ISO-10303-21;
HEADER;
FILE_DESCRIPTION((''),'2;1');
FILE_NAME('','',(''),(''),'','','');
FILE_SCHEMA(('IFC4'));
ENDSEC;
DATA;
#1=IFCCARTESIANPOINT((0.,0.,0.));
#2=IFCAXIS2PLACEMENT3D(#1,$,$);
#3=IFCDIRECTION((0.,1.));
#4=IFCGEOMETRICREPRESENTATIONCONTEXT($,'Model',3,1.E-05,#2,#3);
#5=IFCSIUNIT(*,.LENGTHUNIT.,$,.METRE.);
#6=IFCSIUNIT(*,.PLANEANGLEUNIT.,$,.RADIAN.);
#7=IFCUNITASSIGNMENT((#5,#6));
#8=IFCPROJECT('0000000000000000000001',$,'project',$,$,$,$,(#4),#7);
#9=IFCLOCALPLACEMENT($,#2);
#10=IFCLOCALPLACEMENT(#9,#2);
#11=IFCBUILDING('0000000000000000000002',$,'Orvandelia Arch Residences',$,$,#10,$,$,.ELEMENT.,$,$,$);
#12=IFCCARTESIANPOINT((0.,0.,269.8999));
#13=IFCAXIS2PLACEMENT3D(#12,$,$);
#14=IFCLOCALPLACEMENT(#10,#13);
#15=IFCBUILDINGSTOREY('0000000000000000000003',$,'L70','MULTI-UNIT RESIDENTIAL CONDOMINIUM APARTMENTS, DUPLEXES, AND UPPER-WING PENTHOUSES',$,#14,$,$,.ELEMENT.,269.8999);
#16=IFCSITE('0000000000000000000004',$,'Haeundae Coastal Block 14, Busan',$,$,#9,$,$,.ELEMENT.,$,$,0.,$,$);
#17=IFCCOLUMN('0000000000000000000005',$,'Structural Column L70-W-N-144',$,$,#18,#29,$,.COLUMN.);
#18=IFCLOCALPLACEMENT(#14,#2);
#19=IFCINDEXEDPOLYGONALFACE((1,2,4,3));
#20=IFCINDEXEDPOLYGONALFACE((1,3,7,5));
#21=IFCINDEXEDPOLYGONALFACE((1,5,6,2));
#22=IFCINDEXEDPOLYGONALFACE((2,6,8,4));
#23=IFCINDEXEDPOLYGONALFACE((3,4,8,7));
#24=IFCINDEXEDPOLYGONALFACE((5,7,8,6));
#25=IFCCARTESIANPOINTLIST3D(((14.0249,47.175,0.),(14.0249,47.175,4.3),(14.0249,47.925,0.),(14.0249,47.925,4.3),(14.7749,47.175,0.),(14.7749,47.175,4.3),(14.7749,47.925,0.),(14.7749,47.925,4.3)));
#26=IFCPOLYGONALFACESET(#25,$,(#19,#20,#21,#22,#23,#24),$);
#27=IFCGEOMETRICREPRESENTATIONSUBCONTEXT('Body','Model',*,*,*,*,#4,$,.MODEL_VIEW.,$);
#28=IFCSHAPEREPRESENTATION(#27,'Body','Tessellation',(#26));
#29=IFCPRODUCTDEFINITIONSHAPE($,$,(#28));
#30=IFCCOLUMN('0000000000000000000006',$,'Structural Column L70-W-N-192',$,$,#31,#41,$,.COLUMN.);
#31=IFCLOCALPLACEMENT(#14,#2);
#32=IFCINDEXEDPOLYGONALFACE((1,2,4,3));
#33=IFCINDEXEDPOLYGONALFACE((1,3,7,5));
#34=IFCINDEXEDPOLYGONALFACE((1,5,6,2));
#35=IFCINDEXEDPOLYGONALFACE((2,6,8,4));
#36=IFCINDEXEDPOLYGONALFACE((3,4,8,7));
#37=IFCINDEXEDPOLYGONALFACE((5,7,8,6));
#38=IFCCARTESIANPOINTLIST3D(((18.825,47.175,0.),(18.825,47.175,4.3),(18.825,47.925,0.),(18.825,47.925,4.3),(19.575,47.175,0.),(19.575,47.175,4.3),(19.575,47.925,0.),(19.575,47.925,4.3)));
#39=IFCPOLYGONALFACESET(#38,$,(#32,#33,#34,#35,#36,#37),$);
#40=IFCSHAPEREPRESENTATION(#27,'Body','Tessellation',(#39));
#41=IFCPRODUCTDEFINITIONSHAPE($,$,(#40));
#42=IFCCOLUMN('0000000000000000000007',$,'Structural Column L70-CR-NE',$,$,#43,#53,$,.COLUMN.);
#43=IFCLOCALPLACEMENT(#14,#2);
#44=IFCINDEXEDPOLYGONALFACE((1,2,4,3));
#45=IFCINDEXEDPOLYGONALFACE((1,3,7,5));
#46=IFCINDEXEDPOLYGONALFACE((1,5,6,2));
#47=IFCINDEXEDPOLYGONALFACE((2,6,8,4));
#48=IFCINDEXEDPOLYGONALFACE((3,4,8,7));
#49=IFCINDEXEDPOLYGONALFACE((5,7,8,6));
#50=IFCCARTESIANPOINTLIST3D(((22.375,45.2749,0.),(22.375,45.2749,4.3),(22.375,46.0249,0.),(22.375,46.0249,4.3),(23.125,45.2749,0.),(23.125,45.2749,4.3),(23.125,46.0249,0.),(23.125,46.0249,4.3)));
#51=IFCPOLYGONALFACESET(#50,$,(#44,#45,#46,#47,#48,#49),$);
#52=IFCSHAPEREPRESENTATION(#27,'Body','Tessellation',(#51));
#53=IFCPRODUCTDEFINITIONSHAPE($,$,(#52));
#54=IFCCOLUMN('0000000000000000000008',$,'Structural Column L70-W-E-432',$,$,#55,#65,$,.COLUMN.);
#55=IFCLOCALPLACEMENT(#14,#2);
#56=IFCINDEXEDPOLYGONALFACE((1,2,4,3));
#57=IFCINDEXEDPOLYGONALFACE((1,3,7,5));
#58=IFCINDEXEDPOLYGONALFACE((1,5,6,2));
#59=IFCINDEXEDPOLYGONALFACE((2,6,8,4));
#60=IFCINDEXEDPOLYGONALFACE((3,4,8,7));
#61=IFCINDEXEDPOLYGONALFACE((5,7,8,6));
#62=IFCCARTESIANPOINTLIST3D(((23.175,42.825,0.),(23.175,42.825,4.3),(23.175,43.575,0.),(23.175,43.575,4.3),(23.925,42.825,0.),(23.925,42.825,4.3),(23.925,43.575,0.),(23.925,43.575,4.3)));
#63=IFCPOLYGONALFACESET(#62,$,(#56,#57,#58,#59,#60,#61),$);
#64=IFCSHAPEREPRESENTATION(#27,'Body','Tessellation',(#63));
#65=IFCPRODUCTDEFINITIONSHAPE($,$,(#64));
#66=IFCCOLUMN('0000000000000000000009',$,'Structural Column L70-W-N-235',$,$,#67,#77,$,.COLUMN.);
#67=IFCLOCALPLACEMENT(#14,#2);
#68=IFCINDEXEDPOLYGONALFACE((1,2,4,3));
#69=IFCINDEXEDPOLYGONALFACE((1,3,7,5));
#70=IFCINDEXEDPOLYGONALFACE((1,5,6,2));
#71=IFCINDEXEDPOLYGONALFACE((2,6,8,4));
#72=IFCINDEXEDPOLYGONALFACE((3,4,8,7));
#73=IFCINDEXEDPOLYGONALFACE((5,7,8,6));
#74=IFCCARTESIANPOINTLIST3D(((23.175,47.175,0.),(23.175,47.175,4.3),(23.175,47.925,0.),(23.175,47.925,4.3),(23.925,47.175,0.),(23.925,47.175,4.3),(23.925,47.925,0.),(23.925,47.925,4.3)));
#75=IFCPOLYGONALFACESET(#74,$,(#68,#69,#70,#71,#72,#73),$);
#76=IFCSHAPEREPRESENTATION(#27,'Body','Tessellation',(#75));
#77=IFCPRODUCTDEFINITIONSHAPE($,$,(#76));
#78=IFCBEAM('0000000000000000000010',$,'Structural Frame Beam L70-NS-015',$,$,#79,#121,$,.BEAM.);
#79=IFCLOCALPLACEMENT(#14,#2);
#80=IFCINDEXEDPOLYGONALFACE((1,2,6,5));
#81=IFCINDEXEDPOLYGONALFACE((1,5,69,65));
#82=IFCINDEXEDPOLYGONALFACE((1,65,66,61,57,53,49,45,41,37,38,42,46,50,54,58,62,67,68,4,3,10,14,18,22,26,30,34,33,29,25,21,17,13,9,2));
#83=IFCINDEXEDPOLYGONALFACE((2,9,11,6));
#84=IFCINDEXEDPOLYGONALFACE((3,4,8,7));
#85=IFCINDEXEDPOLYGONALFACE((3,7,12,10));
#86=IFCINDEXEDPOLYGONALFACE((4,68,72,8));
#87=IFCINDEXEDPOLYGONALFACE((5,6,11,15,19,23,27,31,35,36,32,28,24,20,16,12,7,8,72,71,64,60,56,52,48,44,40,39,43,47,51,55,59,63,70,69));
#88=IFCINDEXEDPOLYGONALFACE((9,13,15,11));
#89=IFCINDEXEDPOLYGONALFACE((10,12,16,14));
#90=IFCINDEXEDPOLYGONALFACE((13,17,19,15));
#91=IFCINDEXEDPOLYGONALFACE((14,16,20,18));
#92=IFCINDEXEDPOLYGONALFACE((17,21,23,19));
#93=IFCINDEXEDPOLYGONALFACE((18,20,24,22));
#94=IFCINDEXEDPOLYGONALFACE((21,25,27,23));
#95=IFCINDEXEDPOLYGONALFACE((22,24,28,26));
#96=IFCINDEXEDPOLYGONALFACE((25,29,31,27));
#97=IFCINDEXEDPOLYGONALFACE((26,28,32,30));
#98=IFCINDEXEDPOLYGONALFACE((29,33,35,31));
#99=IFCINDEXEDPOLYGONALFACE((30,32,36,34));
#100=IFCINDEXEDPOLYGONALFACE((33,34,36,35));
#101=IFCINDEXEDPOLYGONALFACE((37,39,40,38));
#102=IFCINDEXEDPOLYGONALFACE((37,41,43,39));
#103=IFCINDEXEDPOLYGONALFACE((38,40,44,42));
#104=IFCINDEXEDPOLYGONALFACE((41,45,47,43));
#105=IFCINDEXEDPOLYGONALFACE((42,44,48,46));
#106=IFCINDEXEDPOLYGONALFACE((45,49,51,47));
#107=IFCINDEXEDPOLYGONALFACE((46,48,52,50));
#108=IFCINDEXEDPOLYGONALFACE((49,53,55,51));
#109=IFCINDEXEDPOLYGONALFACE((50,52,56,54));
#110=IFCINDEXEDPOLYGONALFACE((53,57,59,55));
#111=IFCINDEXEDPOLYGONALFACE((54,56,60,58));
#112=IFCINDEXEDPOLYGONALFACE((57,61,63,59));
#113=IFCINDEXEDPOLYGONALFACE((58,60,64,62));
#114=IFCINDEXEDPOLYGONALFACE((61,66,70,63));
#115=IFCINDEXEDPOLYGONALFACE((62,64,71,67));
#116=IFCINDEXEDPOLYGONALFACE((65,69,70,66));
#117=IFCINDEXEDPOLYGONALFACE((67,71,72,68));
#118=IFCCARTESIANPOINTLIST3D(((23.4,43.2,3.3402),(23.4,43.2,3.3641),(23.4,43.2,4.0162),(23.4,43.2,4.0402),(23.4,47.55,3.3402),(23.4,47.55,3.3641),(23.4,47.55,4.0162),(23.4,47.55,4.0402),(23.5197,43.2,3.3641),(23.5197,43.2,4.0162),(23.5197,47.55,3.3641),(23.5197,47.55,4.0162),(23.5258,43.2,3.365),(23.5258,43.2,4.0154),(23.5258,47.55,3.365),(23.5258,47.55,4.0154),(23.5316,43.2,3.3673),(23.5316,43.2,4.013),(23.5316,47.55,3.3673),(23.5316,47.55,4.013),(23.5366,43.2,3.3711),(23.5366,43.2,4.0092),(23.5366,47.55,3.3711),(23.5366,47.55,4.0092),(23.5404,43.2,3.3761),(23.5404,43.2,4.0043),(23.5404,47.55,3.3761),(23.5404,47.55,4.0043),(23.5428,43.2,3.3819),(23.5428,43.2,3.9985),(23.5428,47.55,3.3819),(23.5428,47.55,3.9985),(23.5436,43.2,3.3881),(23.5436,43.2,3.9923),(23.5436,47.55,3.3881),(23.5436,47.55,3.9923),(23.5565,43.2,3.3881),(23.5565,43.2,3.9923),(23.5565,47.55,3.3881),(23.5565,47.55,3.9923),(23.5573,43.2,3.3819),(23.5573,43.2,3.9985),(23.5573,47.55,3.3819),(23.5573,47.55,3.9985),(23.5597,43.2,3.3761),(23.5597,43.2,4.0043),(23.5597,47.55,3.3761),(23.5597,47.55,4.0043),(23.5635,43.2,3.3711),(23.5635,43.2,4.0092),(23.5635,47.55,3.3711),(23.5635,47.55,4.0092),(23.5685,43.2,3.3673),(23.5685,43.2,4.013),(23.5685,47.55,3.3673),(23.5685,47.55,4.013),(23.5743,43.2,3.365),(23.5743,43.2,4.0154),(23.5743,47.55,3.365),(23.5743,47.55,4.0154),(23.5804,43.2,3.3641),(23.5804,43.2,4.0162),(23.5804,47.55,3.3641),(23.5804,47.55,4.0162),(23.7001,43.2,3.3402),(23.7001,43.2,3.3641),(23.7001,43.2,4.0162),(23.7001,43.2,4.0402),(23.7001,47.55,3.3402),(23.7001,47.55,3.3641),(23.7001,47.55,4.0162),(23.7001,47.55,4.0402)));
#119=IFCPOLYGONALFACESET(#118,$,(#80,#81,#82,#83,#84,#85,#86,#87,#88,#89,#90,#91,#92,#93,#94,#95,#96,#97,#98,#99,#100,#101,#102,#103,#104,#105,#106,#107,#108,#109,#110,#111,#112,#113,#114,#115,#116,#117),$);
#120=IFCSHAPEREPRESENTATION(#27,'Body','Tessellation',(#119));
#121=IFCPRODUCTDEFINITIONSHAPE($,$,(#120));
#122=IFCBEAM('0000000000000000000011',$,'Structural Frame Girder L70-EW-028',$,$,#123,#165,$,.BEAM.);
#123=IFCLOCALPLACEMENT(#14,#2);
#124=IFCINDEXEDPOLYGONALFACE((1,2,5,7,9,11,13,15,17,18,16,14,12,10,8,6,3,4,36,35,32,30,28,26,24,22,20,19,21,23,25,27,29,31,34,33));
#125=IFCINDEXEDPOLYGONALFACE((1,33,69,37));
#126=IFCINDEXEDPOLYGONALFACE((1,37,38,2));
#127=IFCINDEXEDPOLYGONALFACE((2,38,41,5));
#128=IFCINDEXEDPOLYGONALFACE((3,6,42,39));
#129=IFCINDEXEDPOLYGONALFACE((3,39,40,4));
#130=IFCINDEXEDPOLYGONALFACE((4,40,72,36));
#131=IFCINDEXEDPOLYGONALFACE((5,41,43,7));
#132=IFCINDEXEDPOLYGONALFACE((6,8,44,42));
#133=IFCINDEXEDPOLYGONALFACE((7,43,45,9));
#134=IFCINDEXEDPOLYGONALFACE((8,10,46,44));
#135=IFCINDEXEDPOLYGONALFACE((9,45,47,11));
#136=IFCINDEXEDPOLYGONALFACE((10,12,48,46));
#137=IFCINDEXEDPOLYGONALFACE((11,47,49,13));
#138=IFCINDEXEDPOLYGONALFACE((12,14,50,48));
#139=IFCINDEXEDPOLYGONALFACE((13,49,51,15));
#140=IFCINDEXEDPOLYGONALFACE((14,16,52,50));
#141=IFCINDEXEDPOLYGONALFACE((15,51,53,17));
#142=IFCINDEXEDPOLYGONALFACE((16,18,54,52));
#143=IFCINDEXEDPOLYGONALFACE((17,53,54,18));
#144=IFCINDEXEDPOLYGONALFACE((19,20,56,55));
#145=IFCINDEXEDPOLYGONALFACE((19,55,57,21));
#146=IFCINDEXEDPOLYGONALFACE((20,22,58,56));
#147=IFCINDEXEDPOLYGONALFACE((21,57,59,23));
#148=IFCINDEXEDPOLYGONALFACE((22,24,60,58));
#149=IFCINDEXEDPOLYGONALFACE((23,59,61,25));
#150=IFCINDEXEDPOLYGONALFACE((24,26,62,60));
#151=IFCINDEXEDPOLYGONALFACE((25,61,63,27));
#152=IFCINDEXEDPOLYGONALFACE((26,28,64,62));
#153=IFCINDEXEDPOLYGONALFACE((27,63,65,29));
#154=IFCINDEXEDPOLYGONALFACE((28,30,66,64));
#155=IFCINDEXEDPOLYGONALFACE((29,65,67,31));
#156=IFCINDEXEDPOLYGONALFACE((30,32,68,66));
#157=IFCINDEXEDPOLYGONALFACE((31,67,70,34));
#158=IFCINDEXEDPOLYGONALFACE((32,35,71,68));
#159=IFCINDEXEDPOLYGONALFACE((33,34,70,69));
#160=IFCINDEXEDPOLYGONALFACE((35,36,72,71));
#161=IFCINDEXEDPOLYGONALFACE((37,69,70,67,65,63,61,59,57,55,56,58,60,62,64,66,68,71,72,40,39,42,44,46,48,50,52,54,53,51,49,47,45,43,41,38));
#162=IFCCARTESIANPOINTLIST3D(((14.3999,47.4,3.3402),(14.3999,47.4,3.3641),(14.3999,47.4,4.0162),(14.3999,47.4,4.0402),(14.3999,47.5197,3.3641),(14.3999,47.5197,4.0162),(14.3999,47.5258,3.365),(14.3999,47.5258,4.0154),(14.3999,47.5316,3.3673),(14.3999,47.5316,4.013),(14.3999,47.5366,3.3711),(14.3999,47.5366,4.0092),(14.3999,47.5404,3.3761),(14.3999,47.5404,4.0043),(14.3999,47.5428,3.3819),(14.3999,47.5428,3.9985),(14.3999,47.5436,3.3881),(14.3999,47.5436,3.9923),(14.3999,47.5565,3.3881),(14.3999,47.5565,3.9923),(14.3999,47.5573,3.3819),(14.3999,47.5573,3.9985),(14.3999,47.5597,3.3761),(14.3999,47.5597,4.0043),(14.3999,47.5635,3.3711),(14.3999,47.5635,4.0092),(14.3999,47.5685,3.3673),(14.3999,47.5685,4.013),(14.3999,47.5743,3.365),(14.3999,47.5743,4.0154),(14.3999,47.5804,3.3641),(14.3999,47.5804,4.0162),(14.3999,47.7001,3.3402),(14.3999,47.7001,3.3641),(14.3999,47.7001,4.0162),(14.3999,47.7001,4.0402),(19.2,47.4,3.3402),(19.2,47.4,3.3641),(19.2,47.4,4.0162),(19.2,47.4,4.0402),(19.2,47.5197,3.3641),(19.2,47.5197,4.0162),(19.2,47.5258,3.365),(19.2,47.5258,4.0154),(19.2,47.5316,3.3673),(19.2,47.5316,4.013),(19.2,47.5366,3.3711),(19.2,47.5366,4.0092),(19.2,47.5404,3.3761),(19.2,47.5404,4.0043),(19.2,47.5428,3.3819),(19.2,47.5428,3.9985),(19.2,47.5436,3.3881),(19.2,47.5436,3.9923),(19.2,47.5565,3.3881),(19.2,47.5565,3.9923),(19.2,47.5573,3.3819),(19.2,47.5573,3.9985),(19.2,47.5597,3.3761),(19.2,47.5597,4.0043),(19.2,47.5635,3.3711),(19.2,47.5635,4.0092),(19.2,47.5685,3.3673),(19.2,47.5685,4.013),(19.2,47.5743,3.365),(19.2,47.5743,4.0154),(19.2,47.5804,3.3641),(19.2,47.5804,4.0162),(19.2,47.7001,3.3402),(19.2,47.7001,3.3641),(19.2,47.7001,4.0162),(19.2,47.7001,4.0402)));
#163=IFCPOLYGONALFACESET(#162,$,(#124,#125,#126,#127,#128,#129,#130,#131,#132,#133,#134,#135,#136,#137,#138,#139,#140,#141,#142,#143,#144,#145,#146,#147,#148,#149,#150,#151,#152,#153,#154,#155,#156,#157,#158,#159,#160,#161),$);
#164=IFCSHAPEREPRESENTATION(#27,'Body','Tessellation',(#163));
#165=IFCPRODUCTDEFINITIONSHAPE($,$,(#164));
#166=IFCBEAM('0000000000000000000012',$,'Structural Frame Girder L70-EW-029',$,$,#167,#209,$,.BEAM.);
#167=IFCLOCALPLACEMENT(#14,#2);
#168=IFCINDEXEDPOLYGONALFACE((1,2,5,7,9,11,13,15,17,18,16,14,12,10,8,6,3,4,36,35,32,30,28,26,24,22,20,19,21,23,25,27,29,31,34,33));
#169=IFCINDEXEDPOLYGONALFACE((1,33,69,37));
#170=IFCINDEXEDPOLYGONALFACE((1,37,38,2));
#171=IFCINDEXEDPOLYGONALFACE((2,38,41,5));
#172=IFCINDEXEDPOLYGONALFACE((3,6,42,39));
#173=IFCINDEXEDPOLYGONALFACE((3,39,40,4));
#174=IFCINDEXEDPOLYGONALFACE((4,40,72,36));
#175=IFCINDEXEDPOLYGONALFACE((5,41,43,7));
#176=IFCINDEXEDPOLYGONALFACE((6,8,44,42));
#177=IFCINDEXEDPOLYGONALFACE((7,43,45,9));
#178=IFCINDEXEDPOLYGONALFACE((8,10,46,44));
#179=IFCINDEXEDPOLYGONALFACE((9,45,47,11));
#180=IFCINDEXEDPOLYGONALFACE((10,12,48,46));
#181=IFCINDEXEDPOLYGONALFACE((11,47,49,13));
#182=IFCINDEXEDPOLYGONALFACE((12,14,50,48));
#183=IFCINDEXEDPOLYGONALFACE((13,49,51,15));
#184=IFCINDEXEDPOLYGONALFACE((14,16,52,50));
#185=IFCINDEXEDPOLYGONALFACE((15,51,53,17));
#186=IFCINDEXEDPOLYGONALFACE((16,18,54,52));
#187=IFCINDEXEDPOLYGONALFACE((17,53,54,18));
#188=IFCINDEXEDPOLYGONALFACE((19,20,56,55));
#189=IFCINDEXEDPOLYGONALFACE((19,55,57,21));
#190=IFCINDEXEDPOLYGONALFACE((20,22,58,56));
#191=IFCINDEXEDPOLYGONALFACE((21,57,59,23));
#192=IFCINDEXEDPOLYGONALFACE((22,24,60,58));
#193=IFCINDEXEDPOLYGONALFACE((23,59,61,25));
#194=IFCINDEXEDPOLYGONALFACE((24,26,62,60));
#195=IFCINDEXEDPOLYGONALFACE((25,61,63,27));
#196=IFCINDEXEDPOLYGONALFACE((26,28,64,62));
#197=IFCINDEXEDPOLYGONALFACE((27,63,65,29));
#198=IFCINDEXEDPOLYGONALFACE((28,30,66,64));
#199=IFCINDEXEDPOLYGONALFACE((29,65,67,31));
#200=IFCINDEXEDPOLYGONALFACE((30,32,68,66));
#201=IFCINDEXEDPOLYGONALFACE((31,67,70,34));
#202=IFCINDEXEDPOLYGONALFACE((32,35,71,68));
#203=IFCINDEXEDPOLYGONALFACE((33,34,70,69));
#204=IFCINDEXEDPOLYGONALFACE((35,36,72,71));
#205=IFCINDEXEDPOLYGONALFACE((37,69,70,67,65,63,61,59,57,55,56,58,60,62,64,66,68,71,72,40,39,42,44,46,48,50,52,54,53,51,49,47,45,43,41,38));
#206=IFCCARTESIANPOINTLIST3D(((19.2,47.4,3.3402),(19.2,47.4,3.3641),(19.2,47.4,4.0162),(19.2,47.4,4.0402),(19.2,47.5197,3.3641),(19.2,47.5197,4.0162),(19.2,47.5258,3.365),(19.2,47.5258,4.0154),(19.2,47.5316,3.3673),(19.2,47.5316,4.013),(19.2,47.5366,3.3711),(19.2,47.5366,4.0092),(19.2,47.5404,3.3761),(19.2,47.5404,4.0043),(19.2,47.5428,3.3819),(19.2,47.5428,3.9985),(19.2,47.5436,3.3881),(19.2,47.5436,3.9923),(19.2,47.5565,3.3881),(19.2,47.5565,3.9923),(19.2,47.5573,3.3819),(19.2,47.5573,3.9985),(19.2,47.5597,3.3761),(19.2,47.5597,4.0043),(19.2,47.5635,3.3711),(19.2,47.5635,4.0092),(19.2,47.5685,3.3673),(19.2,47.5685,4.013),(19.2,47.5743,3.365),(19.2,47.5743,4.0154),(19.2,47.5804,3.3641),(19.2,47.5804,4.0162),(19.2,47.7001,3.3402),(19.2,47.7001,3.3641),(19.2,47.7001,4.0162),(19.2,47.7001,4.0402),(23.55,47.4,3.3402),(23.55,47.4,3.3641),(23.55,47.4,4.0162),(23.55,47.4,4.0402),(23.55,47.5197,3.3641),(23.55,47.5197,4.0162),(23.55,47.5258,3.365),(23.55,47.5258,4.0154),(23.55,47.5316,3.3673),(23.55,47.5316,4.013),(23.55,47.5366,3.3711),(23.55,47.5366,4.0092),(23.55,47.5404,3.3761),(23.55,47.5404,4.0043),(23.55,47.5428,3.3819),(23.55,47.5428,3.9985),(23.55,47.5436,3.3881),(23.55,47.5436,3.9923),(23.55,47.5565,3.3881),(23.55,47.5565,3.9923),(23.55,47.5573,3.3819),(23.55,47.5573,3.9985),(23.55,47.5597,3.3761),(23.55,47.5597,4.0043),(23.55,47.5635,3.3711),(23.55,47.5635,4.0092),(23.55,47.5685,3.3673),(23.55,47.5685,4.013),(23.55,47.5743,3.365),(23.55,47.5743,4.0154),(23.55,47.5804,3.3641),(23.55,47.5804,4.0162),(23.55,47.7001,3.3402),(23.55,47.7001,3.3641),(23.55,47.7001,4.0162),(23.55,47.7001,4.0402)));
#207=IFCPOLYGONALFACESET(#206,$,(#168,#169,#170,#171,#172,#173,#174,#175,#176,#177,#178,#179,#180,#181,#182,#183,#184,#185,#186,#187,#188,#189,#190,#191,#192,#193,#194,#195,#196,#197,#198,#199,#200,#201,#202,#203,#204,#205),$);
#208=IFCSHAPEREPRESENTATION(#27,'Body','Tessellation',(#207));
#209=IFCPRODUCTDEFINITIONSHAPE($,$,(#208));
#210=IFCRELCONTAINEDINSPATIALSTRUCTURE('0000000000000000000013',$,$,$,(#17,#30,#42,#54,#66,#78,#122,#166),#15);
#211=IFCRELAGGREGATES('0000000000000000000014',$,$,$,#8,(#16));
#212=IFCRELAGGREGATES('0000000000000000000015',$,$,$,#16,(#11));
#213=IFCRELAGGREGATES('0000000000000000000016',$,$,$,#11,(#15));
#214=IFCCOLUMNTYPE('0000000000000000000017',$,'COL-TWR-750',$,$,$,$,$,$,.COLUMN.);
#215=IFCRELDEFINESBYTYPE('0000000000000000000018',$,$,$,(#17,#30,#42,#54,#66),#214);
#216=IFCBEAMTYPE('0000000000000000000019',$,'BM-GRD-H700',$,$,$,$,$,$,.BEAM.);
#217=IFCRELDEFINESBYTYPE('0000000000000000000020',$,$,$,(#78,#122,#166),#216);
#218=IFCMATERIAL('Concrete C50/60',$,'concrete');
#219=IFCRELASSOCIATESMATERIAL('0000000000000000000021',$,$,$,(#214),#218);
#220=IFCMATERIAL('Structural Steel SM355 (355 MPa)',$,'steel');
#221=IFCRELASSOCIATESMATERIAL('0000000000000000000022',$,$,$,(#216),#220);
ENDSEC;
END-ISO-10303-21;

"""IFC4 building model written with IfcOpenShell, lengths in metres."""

from ifc_helpers import new_model, si_unit, direction, frame, origin, origin_2d, place, context, subcontext, project, spatial, rectangle, i_section, extrude, material, material_profile, profile_set, type_object, element, save


model = new_model("IFC4")

# Units and contexts
model_context = context("Model", 3, precision=1e-05, world=origin(), true_north=direction((0.0, 1.0)))
body_context = subcontext(model_context, "Body", "Model", "MODEL_VIEW")
ifc_project = project(units=[si_unit("LENGTHUNIT", "METRE"), si_unit("PLANEANGLEUNIT", "RADIAN")], contexts=[model_context])

# Site, building, storey
site_placement = place(None, origin())
site = spatial("IfcSite", under=ifc_project, at=site_placement, Name="Haeundae Coastal Block 14, Busan", CompositionType="ELEMENT", RefElevation=0.0)
building_placement = place(site_placement, origin())
building = spatial("IfcBuilding", under=site, at=building_placement, Name="Orvandelia Arch Residences", CompositionType="ELEMENT")
storey_placement = place(building_placement, frame((0.0, 0.0, 269.8999)))
storey = spatial("IfcBuildingStorey", under=building, at=storey_placement, Name="L70", Description="MULTI-UNIT RESIDENTIAL CONDOMINIUM APARTMENTS, DUPLEXES, AND UPPER-WING PENTHOUSES", CompositionType="ELEMENT", Elevation=269.8999)

# Columns
ifc_material_1 = material(Name="Concrete C50/60", Category="concrete")
ifc_material_profile_1 = material_profile(ifc_material_1, rectangle(XDim=0.75, YDim=0.75, at=origin_2d()), Name="Concrete C50/60", Category="concrete")
ifc_profile_set_1 = profile_set([ifc_material_profile_1], Name="Concrete C50/60")
column_type = type_object("IfcColumnType", Name="COL-TWR-750", PredefinedType="COLUMN", material=ifc_profile_set_1)
for number, where, z_axis, x_axis, name in (
    (1, (14.3999, 47.55, 0.0), (0.0, 0.0, 1.0), (1.0, 0.0, 0.0), "Structural Column L70-W-N-144"),
    (2, (19.2, 47.55, 0.0), (0.0, 0.0, 1.0), (1.0, 0.0, 0.0), "Structural Column L70-W-N-192"),
    (3, (22.75, 45.6499, 0.0), (0.0, 0.0, 1.0), (1.0, 0.0, 0.0), "Structural Column L70-CR-NE"),
    (4, (23.55, 43.2, 0.0), (0.0, 0.0, 1.0), (1.0, 0.0, 0.0), "Structural Column L70-W-E-432"),
    (5, (23.55, 47.55, 0.0), (0.0, 0.0, 1.0), (1.0, 0.0, 0.0), "Structural Column L70-W-N-235"),
):
    element("IfcColumn", number, at=place(storey_placement, frame(where, z_axis=z_axis, x_axis=x_axis)), inside=storey, type_object=column_type, Name=name, PredefinedType="COLUMN", context=body_context, shape_type="SweptSolid", body=[
        extrude(rectangle(XDim=0.75, YDim=0.75, at=origin_2d()), origin(), (0.0, 0.0, 1.0), 4.3),
    ])

# Beams
ifc_material_2 = material(Name="Structural Steel SM355 (355 MPa)", Category="steel")
ifc_material_profile_2 = material_profile(ifc_material_2, i_section(OverallWidth=0.3, OverallDepth=0.7, WebThickness=0.0129, FlangeThickness=0.0239, FilletRadius=0.0239, at=origin_2d()), Name="Structural Steel SM355 (355 MPa)", Category="steel")
ifc_profile_set_2 = profile_set([ifc_material_profile_2], Name="Structural Steel SM355 (355 MPa)")
beam_type = type_object("IfcBeamType", Name="BM-GRD-H700", PredefinedType="BEAM", material=ifc_profile_set_2)
beam_1_placement = place(storey_placement, frame((23.55, 43.2, 3.6902), z_axis=(0.0, 1.0, 0.0), x_axis=(-1.0, 0.0, 0.0)))
element("IfcBeam", 6, at=beam_1_placement, inside=storey, type_object=beam_type, Name="Structural Frame Beam L70-NS-015", PredefinedType="BEAM", context=body_context, shape_type="SweptSolid", body=[
    extrude(i_section(OverallWidth=0.3, OverallDepth=0.7, WebThickness=0.0129, FlangeThickness=0.0239, FilletRadius=0.0239, at=origin_2d()), origin(), (0.0, 0.0, 1.0), 4.3501),
])
beam_2_placement = place(storey_placement, frame((14.3999, 47.55, 3.6902), z_axis=(1.0, 0.0, 0.0), x_axis=(0.0, 1.0, 0.0)))
element("IfcBeam", 7, at=beam_2_placement, inside=storey, type_object=beam_type, Name="Structural Frame Girder L70-EW-028", PredefinedType="BEAM", context=body_context, shape_type="SweptSolid", body=[
    extrude(i_section(OverallWidth=0.3, OverallDepth=0.7, WebThickness=0.0129, FlangeThickness=0.0239, FilletRadius=0.0239, at=origin_2d()), origin(), (0.0, 0.0, 1.0), 4.8),
])
beam_3_placement = place(storey_placement, frame((19.2, 47.55, 3.6902), z_axis=(1.0, 0.0, 0.0), x_axis=(0.0, 1.0, 0.0)))
element("IfcBeam", 8, at=beam_3_placement, inside=storey, type_object=beam_type, Name="Structural Frame Girder L70-EW-029", PredefinedType="BEAM", context=body_context, shape_type="SweptSolid", body=[
    extrude(i_section(OverallWidth=0.3, OverallDepth=0.7, WebThickness=0.0129, FlangeThickness=0.0239, FilletRadius=0.0239, at=origin_2d()), origin(), (0.0, 0.0, 1.0), 4.3501),
])

save(model, "model.ifc")
